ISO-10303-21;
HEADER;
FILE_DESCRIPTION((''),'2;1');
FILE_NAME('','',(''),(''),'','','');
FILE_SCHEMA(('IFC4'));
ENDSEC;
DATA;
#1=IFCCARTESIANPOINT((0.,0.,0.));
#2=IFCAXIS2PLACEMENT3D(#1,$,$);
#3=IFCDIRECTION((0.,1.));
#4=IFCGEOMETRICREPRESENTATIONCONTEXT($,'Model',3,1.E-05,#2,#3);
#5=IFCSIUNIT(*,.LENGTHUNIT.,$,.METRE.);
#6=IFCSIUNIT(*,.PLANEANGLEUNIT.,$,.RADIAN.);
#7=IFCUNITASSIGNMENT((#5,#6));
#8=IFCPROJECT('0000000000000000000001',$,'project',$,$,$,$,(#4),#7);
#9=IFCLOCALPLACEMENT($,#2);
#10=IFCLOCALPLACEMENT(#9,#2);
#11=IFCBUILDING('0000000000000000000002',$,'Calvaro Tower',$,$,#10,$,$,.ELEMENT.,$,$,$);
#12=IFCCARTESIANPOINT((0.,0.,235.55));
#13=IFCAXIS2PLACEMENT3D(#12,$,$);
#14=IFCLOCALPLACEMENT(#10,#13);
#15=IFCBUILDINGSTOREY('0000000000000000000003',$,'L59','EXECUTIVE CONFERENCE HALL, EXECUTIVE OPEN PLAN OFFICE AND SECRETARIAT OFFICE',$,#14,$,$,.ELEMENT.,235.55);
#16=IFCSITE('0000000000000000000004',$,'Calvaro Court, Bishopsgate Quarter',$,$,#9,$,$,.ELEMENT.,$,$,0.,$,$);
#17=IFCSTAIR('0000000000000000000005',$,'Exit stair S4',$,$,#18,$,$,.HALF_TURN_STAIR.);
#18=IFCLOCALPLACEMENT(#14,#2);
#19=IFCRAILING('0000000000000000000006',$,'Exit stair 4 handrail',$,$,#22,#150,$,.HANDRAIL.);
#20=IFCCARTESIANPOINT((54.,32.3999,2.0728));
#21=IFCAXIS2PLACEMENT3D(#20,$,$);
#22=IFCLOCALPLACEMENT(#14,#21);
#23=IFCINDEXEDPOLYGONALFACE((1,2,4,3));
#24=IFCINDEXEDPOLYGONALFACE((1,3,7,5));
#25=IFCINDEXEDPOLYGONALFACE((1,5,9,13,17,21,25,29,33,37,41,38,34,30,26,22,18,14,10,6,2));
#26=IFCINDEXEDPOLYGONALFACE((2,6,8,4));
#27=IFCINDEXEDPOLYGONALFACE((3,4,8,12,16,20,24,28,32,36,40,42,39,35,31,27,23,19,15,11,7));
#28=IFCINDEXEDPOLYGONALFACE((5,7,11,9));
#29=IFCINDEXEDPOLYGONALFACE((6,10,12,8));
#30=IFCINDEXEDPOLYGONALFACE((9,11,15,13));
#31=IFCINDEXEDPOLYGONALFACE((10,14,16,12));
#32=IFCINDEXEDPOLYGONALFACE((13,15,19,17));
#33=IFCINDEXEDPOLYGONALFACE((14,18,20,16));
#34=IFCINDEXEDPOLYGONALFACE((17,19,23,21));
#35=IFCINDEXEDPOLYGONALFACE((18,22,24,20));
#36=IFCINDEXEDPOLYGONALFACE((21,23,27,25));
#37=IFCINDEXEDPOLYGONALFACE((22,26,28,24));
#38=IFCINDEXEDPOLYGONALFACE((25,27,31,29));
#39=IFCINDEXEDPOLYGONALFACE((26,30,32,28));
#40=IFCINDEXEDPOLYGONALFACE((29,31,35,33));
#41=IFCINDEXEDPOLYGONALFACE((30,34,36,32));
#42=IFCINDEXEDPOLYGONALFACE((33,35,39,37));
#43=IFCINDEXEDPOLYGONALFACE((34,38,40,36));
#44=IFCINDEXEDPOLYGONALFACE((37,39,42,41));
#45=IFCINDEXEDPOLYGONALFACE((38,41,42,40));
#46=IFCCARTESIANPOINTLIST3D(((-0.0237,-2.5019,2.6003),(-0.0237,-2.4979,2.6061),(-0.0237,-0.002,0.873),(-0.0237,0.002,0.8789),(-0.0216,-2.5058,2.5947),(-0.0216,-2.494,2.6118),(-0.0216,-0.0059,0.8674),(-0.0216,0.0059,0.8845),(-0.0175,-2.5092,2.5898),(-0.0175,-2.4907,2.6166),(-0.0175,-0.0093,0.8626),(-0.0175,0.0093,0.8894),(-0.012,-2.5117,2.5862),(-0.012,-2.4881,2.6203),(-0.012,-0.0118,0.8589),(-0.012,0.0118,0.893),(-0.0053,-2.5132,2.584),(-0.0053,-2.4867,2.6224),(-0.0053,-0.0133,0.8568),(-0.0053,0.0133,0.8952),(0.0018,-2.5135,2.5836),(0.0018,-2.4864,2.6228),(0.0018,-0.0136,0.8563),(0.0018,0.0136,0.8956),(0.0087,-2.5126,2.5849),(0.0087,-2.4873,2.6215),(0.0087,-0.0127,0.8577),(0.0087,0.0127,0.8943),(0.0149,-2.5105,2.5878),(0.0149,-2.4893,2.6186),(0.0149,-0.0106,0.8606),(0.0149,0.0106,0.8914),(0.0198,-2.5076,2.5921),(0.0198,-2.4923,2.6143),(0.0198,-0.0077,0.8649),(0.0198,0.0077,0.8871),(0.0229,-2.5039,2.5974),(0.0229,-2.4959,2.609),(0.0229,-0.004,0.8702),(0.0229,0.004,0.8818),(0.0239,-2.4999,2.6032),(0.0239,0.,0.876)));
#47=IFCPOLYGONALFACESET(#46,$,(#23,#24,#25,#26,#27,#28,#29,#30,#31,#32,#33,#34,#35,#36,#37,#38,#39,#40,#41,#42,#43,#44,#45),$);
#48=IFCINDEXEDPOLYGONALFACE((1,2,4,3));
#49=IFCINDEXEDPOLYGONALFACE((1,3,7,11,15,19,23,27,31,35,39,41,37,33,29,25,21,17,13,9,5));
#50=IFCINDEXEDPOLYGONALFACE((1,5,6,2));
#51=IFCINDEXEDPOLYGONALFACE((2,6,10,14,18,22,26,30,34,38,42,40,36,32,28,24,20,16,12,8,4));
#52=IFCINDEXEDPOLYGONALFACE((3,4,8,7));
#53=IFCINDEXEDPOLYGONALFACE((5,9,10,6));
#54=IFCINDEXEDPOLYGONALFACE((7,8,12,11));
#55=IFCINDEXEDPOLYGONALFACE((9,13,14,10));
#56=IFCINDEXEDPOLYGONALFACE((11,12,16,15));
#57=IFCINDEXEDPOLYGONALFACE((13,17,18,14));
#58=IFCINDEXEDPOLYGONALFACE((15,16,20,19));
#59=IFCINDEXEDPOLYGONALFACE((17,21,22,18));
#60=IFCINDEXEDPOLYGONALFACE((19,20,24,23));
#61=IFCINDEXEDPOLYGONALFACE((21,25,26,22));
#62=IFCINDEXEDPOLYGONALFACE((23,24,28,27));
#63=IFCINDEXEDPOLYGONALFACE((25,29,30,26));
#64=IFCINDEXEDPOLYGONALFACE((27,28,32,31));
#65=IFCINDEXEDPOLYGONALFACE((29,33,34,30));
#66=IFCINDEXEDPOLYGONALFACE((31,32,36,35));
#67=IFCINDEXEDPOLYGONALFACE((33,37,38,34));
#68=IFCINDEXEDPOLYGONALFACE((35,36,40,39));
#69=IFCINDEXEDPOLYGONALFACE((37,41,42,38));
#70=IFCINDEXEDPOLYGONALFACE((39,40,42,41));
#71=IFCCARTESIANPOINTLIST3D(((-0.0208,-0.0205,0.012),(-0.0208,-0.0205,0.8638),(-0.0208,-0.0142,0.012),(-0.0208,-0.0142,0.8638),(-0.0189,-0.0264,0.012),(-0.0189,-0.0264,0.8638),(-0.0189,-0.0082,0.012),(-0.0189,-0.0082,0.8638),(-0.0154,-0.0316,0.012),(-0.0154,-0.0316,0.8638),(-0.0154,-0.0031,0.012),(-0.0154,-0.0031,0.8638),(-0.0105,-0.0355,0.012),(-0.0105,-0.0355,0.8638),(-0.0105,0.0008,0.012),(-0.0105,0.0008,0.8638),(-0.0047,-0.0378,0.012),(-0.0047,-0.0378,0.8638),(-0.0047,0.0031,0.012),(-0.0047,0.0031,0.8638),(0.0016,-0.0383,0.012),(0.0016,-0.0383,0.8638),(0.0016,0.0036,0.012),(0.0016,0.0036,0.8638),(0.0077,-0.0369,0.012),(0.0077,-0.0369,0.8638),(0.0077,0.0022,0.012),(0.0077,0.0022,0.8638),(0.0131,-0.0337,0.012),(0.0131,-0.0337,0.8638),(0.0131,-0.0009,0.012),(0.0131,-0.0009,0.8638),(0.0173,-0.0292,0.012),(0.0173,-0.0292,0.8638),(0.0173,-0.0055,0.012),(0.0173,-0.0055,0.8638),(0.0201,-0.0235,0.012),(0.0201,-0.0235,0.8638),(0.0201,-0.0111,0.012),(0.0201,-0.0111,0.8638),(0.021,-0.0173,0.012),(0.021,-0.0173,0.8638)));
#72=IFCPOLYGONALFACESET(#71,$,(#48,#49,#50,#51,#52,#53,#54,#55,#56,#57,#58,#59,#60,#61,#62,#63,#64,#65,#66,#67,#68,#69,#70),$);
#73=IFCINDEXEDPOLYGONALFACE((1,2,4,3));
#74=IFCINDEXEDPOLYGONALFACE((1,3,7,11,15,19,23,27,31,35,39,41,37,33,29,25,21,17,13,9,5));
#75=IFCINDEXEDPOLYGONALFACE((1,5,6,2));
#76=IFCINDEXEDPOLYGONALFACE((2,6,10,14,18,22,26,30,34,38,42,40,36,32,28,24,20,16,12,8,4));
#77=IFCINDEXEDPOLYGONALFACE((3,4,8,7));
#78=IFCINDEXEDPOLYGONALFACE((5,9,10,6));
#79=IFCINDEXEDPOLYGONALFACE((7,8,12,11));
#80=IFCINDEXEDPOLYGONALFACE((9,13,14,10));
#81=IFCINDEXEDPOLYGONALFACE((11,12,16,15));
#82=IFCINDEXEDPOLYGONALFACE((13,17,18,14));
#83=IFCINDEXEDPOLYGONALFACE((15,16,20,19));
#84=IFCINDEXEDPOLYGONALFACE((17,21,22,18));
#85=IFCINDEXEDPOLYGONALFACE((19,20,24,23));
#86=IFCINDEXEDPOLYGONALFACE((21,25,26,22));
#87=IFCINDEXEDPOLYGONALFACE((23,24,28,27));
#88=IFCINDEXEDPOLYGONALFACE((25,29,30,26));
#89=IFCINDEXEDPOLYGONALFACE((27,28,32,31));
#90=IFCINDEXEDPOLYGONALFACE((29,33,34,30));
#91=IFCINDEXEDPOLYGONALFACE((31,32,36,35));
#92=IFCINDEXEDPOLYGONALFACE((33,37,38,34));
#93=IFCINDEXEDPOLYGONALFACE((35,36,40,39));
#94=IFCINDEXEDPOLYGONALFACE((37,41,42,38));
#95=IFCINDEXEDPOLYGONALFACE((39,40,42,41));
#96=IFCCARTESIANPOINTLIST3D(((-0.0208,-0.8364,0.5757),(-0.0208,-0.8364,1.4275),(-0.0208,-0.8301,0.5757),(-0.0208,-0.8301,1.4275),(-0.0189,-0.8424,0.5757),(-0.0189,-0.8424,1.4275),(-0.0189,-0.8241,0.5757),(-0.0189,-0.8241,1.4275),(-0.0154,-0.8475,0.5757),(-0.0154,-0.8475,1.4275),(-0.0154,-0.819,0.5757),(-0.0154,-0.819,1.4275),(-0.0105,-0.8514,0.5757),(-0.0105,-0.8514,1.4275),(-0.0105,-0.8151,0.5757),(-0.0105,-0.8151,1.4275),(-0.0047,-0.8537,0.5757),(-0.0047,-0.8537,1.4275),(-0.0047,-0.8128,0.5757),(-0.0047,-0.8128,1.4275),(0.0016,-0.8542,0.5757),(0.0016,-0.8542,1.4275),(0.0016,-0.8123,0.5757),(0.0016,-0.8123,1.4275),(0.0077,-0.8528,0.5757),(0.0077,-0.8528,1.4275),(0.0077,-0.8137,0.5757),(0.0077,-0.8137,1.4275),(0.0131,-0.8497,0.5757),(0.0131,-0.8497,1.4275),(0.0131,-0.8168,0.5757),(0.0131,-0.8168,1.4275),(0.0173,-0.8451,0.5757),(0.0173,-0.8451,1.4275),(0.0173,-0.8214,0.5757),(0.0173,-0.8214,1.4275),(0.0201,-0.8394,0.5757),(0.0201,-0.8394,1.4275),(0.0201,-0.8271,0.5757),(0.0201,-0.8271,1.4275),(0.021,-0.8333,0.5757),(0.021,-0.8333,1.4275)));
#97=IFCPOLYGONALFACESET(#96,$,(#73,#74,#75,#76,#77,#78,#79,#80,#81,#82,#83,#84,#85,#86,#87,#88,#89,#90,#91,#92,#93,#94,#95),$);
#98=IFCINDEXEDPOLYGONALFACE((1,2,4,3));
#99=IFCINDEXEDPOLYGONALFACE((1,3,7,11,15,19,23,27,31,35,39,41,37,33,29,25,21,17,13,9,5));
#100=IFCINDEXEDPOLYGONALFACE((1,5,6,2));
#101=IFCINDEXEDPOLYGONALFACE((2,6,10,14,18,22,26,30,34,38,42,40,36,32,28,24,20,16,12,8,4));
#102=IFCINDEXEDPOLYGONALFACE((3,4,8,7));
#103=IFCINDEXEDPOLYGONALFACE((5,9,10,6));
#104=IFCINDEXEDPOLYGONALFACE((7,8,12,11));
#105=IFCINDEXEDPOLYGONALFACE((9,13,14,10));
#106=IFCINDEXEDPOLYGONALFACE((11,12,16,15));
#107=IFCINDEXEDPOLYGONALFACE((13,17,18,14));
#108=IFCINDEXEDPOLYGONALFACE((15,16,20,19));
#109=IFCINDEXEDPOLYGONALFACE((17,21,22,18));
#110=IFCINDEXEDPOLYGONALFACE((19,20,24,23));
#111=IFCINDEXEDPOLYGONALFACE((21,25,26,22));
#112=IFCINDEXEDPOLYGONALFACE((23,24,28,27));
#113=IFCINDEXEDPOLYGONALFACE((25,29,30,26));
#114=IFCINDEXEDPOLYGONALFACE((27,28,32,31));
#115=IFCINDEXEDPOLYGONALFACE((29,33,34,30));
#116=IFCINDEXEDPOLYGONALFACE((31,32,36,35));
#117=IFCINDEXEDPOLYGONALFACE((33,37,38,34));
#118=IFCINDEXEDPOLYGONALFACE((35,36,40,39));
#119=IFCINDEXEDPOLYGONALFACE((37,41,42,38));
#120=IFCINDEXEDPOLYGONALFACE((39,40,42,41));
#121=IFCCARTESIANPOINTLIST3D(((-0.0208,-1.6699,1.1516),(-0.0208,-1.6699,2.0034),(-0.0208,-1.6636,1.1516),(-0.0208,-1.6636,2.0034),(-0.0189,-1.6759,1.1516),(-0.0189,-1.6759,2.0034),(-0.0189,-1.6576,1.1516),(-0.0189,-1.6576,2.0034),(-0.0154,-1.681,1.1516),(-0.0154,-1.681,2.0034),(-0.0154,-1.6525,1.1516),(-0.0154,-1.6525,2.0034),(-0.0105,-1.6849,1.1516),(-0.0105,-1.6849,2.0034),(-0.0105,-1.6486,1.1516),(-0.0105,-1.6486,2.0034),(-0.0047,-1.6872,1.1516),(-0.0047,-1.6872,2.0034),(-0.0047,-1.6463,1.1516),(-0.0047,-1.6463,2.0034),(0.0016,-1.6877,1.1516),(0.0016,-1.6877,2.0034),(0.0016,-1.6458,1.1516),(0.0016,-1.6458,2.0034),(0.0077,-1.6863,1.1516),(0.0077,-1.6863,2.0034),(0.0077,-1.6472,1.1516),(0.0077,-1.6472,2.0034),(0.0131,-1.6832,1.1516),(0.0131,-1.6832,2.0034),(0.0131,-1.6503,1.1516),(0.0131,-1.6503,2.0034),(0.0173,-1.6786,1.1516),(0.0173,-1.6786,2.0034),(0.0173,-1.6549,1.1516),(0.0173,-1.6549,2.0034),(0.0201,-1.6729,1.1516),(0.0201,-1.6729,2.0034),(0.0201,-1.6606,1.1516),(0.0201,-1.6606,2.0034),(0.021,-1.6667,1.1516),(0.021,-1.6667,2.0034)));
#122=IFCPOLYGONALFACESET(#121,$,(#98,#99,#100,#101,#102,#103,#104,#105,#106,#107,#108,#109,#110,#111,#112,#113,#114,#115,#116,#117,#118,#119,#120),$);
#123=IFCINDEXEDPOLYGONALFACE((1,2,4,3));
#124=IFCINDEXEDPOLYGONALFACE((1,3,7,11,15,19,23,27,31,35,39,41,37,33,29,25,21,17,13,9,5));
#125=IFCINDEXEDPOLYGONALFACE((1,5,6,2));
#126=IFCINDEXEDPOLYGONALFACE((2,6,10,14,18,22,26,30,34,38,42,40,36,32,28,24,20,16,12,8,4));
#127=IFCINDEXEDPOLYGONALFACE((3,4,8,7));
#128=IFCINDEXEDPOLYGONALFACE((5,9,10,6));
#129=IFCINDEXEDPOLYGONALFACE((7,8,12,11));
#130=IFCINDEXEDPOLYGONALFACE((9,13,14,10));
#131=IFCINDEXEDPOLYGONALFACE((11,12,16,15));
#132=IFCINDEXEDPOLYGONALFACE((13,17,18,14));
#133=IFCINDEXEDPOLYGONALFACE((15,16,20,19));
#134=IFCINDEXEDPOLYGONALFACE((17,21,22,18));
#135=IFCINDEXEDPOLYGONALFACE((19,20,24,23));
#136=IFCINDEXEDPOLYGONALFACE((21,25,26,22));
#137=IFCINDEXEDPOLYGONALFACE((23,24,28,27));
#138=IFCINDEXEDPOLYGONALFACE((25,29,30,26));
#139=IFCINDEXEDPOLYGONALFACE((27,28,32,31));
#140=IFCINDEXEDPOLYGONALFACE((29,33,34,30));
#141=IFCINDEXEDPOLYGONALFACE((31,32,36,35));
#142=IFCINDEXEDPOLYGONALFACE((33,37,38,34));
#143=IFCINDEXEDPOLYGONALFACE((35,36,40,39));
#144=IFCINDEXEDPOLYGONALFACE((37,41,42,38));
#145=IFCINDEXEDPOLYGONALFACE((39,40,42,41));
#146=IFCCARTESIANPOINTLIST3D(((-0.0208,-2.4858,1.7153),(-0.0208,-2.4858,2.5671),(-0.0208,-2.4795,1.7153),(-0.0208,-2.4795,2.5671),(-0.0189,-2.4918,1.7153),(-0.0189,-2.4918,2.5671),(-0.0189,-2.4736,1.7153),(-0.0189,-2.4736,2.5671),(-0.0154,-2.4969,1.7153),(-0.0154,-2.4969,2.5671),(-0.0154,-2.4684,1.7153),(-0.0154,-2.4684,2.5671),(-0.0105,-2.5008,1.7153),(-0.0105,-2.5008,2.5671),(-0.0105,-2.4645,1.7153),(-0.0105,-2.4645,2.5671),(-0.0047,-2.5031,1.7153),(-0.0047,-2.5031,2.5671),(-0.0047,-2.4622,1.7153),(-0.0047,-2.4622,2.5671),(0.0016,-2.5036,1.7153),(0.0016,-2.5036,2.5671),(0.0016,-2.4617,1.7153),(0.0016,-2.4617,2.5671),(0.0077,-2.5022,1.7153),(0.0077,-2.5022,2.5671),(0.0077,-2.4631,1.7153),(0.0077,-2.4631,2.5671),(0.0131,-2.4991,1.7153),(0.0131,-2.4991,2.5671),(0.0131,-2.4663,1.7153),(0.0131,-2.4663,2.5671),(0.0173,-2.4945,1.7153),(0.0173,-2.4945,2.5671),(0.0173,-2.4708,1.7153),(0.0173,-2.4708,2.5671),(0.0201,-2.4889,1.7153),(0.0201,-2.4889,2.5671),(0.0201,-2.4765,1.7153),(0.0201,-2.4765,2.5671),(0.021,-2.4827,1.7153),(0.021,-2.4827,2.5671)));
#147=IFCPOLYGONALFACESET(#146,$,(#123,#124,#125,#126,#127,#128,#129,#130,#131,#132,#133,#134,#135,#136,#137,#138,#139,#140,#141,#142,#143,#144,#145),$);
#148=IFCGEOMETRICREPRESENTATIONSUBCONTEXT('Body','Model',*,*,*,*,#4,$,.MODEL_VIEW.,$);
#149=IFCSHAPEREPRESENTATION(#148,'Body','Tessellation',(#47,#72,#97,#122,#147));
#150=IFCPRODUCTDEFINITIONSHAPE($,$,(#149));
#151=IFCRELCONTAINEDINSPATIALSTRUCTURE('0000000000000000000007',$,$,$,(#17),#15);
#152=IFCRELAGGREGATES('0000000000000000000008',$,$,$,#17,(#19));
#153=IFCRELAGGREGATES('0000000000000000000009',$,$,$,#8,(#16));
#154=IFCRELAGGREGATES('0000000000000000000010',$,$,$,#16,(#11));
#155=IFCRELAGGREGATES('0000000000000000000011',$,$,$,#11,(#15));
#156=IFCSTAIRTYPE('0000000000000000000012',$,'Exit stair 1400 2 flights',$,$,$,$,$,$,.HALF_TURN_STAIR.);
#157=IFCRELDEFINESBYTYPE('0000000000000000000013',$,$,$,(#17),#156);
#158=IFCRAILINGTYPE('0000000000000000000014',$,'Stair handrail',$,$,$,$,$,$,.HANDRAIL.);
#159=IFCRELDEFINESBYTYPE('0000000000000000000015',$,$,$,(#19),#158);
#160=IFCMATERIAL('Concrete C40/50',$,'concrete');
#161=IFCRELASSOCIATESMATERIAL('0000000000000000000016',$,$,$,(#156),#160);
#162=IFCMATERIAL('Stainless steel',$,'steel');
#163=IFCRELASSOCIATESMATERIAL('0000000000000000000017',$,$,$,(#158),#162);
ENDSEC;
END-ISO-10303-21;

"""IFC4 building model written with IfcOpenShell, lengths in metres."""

from ifc_helpers import new_model, si_unit, direction, frame, origin, origin_2d, place, context, subcontext, project, spatial, circle, extrude, material, type_object, element, aggregate, save


model = new_model("IFC4")

# Units and contexts
model_context = context("Model", 3, precision=1e-05, world=origin(), true_north=direction((0.0, 1.0)))
body_context = subcontext(model_context, "Body", "Model", "MODEL_VIEW")
ifc_project = project(units=[si_unit("LENGTHUNIT", "METRE"), si_unit("PLANEANGLEUNIT", "RADIAN")], contexts=[model_context])

# Site, building, storey
site_placement = place(None, origin())
site = spatial("IfcSite", under=ifc_project, at=site_placement, Name="Calvaro Court, Bishopsgate Quarter", CompositionType="ELEMENT", RefElevation=0.0)
building_placement = place(site_placement, origin())
building = spatial("IfcBuilding", under=site, at=building_placement, Name="Calvaro Tower", CompositionType="ELEMENT")
storey_placement = place(building_placement, frame((0.0, 0.0, 235.55)))
storey = spatial("IfcBuildingStorey", under=building, at=storey_placement, Name="L59", Description="EXECUTIVE CONFERENCE HALL, EXECUTIVE OPEN PLAN OFFICE AND SECRETARIAT OFFICE", CompositionType="ELEMENT", Elevation=235.55)

# Stair, railing
ifc_material_1 = material(Name="Concrete C40/50", Category="concrete")
stair_type = type_object("IfcStairType", Name="Exit stair 1400 2 flights", PredefinedType="HALF_TURN_STAIR", material=ifc_material_1)
stair_placement = place(storey_placement, origin())
stair = element("IfcStair", 1, at=stair_placement, inside=storey, type_object=stair_type, Name="Exit stair S4", PredefinedType="HALF_TURN_STAIR")
ifc_material_2 = material(Name="Stainless steel", Category="steel")
railing_type = type_object("IfcRailingType", Name="Stair handrail", PredefinedType="HANDRAIL", material=ifc_material_2)
railing_1_placement = place(storey_placement, frame((54.0, 32.3999, 2.0728)))
railing_1 = element("IfcRailing", 2, at=railing_1_placement, type_object=railing_type, Name="Exit stair 4 handrail", PredefinedType="HANDRAIL", context=body_context, shape_type="SweptSolid", body=[
    extrude(circle(Radius=0.0239, at=origin_2d()), frame((0.0, 0.0, 0.876), z_axis=(0.0, -0.822727, 0.568437), x_axis=(1.0, 0.0, 0.0)), (0.0, 0.0, 1.0), 3.0386),
    extrude(circle(Radius=0.021, at=origin_2d()), frame((0.0, -0.0173, 0.012)), (0.0, 0.0, 1.0), 0.8518),
    extrude(circle(Radius=0.021, at=origin_2d()), frame((0.0, -0.8333, 0.5757)), (0.0, 0.0, 1.0), 0.8518),
    extrude(circle(Radius=0.021, at=origin_2d()), frame((0.0, -1.6667, 1.1516)), (0.0, 0.0, 1.0), 0.8518),
    extrude(circle(Radius=0.021, at=origin_2d()), frame((0.0, -2.4827, 1.7153)), (0.0, 0.0, 1.0), 0.8518),
])
aggregate(stair, [railing_1])

save(model, "model.ifc")
